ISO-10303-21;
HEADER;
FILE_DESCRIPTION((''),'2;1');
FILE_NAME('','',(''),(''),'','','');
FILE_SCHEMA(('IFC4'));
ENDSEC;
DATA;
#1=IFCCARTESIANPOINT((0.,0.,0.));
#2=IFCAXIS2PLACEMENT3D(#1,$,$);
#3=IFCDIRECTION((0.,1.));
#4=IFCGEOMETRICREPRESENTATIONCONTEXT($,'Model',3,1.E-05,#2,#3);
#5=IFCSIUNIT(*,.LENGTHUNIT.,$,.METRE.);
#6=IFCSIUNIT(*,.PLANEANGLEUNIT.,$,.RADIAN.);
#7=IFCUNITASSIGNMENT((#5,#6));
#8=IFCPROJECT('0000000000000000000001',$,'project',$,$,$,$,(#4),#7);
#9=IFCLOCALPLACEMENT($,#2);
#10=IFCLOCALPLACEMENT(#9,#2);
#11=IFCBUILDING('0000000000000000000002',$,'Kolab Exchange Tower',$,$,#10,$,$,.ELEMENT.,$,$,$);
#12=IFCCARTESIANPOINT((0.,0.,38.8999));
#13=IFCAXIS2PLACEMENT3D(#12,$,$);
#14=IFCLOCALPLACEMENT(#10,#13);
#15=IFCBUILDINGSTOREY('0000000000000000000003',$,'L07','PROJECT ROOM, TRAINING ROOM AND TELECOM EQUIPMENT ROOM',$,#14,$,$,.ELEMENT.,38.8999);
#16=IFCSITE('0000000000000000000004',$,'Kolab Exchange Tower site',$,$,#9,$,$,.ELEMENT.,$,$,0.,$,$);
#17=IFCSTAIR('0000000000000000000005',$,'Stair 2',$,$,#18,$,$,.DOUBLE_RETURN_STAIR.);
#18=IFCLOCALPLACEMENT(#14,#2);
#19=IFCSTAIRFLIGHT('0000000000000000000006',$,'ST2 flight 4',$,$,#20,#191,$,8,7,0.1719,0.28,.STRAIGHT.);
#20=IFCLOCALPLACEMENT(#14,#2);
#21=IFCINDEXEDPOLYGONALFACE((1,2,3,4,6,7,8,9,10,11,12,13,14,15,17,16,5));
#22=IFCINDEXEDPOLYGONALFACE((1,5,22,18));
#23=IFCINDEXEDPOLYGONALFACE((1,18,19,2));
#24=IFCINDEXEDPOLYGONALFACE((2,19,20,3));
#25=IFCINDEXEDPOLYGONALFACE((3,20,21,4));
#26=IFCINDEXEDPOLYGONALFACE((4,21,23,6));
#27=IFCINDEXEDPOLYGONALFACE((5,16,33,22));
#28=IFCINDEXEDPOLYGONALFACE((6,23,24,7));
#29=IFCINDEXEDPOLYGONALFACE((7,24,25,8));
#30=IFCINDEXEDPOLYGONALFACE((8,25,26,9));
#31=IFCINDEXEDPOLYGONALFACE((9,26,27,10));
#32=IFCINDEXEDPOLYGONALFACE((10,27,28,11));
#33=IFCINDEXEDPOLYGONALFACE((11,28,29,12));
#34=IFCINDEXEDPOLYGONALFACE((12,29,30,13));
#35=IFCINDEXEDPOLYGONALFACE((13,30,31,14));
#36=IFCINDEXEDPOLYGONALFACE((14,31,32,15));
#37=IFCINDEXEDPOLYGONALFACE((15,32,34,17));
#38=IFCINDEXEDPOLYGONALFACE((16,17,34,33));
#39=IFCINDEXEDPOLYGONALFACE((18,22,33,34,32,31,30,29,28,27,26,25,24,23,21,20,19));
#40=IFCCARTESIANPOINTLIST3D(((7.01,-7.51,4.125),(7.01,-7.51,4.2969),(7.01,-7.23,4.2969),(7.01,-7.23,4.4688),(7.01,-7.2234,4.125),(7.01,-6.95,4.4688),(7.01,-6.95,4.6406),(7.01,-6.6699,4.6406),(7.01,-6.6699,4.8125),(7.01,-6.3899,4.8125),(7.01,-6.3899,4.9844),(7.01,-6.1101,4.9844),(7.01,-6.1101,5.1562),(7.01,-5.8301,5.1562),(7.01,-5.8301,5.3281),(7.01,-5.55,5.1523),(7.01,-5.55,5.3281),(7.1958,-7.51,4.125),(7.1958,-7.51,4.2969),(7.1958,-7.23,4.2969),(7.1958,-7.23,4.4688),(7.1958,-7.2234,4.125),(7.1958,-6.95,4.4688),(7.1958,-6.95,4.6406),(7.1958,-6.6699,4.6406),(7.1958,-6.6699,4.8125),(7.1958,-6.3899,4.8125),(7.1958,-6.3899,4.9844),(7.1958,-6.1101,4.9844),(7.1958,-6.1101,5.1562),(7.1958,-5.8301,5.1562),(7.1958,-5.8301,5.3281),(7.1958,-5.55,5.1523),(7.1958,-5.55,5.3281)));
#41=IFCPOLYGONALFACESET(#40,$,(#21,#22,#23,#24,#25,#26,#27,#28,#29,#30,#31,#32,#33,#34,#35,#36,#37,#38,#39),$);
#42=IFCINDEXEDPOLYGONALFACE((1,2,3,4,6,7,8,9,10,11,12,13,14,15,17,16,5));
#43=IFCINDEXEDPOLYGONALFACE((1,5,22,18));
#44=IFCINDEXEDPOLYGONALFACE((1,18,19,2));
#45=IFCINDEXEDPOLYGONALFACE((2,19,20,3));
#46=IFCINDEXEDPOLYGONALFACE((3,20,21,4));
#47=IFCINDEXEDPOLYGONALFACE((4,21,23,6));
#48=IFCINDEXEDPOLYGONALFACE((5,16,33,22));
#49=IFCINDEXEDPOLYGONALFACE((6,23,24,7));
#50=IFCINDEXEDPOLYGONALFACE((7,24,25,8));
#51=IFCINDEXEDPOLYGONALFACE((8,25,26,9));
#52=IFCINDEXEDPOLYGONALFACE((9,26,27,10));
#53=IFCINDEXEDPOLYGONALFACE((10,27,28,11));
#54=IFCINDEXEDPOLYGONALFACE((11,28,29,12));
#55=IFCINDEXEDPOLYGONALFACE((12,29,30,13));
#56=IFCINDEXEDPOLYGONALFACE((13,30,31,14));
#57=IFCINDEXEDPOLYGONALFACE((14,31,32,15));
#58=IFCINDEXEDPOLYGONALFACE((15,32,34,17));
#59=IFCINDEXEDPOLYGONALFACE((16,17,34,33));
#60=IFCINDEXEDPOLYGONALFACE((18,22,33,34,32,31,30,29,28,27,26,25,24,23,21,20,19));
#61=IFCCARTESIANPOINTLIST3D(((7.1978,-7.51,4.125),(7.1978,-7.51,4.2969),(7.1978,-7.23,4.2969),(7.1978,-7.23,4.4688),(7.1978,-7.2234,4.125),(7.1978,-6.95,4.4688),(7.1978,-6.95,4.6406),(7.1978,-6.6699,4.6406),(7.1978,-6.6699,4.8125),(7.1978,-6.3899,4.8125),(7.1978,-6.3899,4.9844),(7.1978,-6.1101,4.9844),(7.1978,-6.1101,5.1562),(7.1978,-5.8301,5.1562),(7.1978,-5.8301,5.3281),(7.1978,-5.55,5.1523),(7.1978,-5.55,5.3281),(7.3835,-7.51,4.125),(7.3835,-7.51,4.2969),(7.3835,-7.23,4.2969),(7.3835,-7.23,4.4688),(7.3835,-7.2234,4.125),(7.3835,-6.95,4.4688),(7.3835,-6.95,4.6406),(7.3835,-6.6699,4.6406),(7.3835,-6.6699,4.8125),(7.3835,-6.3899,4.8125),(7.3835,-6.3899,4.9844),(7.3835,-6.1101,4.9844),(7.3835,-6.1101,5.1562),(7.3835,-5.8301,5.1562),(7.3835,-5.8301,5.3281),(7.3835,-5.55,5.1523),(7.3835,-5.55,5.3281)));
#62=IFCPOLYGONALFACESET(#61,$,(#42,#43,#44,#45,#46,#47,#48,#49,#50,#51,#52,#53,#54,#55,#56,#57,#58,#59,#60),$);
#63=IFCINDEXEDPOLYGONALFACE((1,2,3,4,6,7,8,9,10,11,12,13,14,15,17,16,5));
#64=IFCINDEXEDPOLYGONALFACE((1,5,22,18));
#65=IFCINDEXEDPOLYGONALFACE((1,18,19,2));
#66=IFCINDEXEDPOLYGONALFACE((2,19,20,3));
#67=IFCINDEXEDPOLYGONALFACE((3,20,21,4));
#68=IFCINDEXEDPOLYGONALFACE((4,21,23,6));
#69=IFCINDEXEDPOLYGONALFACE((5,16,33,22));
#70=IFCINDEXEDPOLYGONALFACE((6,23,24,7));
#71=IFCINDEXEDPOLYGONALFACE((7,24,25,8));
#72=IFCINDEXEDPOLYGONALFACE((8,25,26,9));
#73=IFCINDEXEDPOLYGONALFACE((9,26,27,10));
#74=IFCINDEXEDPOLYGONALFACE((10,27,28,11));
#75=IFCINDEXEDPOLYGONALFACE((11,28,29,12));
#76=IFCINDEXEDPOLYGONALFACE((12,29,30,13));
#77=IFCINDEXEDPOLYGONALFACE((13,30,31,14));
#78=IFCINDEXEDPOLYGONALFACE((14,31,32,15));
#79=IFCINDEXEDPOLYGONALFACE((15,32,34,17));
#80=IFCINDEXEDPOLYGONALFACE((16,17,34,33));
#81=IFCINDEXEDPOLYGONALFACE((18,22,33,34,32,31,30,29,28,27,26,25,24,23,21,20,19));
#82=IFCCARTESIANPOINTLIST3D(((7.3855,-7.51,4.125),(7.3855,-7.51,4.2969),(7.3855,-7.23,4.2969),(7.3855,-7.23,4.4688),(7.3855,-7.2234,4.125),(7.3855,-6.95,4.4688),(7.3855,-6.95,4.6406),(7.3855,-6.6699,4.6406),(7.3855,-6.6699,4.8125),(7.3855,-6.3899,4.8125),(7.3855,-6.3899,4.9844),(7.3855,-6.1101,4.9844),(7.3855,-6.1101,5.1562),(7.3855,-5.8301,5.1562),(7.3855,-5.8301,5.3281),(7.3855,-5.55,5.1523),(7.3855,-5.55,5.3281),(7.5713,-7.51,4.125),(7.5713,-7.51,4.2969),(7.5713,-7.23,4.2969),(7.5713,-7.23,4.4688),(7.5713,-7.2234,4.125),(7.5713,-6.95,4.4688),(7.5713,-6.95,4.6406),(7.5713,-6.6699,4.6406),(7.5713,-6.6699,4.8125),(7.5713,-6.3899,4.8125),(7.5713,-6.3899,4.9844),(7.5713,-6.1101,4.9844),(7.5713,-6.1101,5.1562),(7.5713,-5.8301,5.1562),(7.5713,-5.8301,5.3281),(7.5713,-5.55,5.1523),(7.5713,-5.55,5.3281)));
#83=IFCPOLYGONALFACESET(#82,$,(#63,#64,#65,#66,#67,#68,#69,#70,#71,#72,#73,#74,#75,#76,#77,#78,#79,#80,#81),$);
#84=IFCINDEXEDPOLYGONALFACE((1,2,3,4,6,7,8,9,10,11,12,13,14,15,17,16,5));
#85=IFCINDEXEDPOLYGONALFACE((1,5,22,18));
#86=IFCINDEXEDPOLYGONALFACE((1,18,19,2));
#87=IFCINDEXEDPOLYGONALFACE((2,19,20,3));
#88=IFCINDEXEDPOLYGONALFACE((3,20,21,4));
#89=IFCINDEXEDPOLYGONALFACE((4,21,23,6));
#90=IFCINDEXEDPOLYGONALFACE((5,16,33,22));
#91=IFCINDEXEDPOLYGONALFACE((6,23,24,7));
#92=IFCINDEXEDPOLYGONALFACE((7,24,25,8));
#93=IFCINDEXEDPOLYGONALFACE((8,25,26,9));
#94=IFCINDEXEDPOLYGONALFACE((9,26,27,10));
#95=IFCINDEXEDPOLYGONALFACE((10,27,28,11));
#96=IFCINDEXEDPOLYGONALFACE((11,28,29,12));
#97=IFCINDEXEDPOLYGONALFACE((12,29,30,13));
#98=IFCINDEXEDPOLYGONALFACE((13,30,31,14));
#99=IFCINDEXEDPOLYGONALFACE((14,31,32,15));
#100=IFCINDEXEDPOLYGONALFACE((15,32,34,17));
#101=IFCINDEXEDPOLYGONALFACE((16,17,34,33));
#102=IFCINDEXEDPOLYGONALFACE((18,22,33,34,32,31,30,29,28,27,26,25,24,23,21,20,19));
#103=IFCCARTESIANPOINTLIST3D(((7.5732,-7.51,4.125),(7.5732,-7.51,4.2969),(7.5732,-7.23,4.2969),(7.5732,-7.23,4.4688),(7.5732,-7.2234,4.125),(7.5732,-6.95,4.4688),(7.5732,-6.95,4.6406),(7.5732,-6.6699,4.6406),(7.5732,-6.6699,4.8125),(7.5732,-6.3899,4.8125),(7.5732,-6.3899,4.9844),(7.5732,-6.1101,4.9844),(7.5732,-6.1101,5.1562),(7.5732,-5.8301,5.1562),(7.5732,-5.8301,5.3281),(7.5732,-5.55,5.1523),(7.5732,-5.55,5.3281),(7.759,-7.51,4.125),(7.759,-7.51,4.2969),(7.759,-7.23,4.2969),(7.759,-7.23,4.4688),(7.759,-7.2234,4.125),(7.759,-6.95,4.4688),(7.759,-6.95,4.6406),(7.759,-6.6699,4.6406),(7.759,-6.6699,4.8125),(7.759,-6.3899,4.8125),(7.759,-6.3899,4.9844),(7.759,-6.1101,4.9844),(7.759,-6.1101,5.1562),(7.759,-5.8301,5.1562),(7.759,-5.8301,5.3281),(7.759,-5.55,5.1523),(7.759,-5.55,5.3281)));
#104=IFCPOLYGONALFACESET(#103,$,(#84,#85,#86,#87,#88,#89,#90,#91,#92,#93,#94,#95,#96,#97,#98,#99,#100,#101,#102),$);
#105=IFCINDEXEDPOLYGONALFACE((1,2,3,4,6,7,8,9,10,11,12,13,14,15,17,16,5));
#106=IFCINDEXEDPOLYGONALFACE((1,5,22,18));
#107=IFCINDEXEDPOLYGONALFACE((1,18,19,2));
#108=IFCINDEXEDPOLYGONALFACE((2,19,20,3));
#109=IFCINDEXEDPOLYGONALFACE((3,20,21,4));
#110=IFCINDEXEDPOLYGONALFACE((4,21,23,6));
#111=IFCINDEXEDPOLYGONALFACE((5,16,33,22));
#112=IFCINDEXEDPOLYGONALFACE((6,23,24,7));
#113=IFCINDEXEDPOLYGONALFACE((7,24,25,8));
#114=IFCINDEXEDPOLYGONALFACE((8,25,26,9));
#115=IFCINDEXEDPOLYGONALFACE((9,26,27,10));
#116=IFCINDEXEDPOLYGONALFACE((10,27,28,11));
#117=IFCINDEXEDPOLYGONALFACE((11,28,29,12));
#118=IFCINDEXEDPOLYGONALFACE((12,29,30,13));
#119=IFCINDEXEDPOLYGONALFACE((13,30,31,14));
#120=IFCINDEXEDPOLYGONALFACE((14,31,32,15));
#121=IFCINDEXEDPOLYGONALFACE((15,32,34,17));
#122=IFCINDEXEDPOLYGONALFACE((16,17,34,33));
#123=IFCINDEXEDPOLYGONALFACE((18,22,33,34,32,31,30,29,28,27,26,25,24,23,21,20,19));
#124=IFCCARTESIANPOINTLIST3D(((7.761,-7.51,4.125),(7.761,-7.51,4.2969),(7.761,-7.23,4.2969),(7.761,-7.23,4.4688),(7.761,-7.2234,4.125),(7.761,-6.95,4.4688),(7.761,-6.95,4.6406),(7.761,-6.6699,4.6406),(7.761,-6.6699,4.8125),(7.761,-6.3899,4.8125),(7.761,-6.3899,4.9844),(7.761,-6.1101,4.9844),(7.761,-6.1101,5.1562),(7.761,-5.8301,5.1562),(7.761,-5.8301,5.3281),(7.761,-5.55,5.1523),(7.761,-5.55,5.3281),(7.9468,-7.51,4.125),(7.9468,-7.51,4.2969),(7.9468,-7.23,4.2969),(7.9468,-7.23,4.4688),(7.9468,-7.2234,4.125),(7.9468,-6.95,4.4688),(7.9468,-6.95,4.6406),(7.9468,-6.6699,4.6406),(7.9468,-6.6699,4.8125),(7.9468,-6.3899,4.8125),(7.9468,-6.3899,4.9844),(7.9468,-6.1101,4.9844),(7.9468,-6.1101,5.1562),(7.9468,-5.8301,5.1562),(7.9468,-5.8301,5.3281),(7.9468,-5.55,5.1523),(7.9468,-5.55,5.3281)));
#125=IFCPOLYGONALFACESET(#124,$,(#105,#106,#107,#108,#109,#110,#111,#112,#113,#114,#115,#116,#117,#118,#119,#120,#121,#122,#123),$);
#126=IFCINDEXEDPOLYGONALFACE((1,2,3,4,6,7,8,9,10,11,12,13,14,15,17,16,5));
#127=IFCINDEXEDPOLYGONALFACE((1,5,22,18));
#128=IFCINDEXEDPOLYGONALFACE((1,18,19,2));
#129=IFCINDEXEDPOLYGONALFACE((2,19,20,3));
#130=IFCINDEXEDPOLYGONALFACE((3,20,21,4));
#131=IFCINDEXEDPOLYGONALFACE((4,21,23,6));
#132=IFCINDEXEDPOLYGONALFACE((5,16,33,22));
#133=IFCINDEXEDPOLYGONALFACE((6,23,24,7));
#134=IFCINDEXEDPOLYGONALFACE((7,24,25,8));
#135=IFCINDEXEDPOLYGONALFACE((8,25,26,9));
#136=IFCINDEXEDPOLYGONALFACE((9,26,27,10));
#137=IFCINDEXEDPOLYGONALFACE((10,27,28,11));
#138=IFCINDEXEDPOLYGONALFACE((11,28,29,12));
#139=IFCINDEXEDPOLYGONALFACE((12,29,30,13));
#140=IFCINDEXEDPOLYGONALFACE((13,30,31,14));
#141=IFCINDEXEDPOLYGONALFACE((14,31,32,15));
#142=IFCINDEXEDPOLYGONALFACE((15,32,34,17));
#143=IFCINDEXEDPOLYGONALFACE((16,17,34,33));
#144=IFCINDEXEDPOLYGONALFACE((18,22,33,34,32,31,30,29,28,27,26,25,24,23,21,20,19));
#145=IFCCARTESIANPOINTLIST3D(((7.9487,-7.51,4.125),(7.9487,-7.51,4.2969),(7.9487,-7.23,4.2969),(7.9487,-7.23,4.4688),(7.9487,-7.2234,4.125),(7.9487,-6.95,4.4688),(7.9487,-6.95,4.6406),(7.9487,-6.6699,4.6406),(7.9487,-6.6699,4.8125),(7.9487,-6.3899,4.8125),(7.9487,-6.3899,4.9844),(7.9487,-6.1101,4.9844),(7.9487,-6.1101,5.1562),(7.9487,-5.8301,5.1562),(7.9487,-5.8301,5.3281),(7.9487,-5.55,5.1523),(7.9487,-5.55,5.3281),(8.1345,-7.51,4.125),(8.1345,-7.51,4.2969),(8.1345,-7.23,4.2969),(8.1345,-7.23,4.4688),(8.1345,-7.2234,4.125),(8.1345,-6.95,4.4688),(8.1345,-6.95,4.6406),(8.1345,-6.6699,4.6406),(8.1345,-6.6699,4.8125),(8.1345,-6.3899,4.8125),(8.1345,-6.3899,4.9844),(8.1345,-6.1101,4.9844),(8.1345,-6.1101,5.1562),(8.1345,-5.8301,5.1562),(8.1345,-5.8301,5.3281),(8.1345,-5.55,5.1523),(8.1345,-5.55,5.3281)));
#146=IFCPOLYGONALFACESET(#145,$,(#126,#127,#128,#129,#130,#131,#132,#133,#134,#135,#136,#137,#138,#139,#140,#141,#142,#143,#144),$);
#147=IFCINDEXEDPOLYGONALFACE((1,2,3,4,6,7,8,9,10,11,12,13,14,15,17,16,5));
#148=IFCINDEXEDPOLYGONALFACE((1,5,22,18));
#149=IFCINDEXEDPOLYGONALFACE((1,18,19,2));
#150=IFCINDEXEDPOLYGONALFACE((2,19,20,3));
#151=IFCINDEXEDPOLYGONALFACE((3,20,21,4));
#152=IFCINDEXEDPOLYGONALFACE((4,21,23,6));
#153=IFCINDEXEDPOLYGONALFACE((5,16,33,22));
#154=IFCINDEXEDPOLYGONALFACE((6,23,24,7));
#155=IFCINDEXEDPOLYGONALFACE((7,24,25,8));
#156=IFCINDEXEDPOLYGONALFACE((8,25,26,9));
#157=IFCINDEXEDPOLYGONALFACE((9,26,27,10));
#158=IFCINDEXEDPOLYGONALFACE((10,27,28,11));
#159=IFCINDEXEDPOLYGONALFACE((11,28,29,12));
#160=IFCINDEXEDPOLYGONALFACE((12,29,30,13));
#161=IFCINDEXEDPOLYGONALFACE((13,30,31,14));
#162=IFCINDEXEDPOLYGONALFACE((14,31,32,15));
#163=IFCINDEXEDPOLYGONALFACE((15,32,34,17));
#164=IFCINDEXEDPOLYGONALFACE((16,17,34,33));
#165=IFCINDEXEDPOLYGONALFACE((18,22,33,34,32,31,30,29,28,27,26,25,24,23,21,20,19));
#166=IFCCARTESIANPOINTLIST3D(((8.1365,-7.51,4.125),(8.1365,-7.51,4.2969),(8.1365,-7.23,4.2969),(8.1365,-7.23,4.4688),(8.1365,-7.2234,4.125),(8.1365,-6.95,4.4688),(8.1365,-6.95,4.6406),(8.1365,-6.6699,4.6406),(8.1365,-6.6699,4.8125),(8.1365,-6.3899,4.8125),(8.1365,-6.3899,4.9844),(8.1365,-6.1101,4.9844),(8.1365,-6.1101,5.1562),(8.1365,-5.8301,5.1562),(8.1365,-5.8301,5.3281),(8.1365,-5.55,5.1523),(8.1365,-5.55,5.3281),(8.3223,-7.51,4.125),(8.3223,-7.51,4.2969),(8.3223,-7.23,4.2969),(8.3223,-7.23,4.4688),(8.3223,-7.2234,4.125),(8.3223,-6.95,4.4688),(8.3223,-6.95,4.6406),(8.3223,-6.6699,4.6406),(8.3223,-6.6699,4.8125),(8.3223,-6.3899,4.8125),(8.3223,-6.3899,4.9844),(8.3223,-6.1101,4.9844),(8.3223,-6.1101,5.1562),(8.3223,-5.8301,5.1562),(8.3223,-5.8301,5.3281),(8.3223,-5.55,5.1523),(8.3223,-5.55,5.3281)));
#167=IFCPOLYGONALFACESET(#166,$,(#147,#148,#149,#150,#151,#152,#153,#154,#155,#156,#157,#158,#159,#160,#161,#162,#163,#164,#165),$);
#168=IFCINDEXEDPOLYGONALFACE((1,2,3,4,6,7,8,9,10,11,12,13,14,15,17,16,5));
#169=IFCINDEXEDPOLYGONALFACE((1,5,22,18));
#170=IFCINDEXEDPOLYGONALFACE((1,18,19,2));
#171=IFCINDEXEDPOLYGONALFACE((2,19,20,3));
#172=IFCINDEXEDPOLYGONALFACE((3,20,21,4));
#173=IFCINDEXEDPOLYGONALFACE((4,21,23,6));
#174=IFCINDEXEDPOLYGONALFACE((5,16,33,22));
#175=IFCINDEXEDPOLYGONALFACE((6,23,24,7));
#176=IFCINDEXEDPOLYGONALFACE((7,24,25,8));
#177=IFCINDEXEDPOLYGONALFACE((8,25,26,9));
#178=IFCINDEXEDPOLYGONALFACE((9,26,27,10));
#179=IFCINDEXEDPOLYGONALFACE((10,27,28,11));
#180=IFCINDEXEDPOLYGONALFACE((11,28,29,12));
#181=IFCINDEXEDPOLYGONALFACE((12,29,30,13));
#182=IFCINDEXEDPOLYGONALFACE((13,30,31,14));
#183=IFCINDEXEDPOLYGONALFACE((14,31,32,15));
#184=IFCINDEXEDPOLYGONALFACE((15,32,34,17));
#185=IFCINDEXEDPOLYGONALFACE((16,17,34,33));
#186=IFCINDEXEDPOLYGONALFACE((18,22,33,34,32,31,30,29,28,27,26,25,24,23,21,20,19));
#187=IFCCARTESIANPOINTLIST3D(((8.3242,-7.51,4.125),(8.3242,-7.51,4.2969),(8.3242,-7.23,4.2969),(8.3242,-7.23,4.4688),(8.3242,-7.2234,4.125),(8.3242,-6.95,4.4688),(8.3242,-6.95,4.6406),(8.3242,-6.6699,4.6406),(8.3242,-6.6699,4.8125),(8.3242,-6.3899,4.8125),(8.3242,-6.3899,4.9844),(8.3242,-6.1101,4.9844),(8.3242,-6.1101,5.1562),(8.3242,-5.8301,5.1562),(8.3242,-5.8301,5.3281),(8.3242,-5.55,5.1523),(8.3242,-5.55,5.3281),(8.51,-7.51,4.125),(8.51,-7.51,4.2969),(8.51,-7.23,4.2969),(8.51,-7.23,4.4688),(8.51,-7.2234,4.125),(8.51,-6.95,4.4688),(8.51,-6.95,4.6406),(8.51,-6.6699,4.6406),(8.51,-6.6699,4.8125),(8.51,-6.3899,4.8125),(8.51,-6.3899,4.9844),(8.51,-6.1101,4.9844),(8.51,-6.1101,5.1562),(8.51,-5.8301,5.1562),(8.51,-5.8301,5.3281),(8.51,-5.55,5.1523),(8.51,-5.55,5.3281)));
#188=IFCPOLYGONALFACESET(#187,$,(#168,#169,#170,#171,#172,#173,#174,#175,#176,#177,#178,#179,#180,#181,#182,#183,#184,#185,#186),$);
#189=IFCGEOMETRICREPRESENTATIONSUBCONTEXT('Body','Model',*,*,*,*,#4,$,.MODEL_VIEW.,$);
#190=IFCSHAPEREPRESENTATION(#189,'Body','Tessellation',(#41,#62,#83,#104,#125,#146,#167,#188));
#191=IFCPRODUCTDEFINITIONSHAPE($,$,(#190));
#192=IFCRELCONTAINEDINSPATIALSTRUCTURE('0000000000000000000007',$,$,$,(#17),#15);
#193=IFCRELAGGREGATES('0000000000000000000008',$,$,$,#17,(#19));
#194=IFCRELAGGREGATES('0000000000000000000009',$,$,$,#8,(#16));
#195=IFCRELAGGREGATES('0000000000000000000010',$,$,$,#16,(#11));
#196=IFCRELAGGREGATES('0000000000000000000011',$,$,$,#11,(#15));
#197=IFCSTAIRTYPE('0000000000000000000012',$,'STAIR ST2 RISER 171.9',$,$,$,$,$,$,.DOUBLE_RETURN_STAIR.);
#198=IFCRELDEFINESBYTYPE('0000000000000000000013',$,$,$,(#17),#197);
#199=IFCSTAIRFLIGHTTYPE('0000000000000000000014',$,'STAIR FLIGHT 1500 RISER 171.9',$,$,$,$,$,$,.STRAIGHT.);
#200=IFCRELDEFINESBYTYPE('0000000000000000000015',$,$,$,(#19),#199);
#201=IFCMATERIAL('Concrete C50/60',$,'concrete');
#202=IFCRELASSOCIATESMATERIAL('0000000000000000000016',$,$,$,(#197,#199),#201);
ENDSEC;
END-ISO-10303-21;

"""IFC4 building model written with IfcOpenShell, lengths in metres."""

from ifc_helpers import new_model, si_unit, direction, frame, origin, place, context, subcontext, project, spatial, polyline, outline, extrude, material, type_object, element, aggregate, save


model = new_model("IFC4")

# Units and contexts
model_context = context("Model", 3, precision=1e-05, world=origin(), true_north=direction((0.0, 1.0)))
body_context = subcontext(model_context, "Body", "Model", "MODEL_VIEW")
ifc_project = project(units=[si_unit("LENGTHUNIT", "METRE"), si_unit("PLANEANGLEUNIT", "RADIAN")], contexts=[model_context])

# Site, building, storey
site_placement = place(None, origin())
site = spatial("IfcSite", under=ifc_project, at=site_placement, Name="Kolab Exchange Tower site", CompositionType="ELEMENT", RefElevation=0.0)
building_placement = place(site_placement, origin())
building = spatial("IfcBuilding", under=site, at=building_placement, Name="Kolab Exchange Tower", CompositionType="ELEMENT")
storey_placement = place(building_placement, frame((0.0, 0.0, 38.8999)))
storey = spatial("IfcBuildingStorey", under=building, at=storey_placement, Name="L07", Description="PROJECT ROOM, TRAINING ROOM AND TELECOM EQUIPMENT ROOM", CompositionType="ELEMENT", Elevation=38.8999)

# Shared definitions
ifc_material_1 = material(Name="Concrete C50/60", Category="concrete")

# Stair, stair flight
stair_type = type_object("IfcStairType", Name="STAIR ST2 RISER 171.9", PredefinedType="DOUBLE_RETURN_STAIR", material=ifc_material_1)
stair_placement = place(storey_placement, origin())
stair = element("IfcStair", 1, at=stair_placement, inside=storey, type_object=stair_type, Name="Stair 2", PredefinedType="DOUBLE_RETURN_STAIR")
stair_flight_type = type_object("IfcStairFlightType", Name="STAIR FLIGHT 1500 RISER 171.9", PredefinedType="STRAIGHT", material=ifc_material_1)
stair_flight_1_placement = place(storey_placement, frame((7.76, -7.51, 4.125), z_axis=(0.0, 0.0, 1.0), x_axis=(0.0, 1.0, 0.0)))
stair_flight_1 = element("IfcStairFlight", 2, at=stair_flight_1_placement, type_object=stair_flight_type, Name="ST2 flight 4", NumberOfRisers=8, NumberOfTreads=7, PredefinedType="STRAIGHT", RiserHeight=0.1719, TreadLength=0.28, context=body_context, shape_type="SweptSolid", body=[
    extrude(outline(polyline([(0.0, 0.0), (0.0, 0.1719), (0.28, 0.1719), (0.28, 0.3438), (0.5601, 0.3438), (0.5601, 0.5156), (0.8401, 0.5156), (0.8401, 0.6875), (1.1201, 0.6875), (1.1201, 0.8594), (1.3999, 0.8594), (1.3999, 1.0312), (1.6799, 1.0312), (1.6799, 1.2031), (1.96, 1.2031), (1.96, 1.375), (1.96, 1.0273), (0.2866, 0.0), (0.0, 0.0)])), frame((0.0, 0.75, 0.0), z_axis=(0.0, -1.0, 0.0), x_axis=(1.0, 0.0, 0.0)), (0.0, 0.0, 1.0), 0.1858),
    extrude(outline(polyline([(0.0, 0.0), (0.0, 0.1719), (0.28, 0.1719), (0.28, 0.3438), (0.5601, 0.3438), (0.5601, 0.5156), (0.8401, 0.5156), (0.8401, 0.6875), (1.1201, 0.6875), (1.1201, 0.8594), (1.3999, 0.8594), (1.3999, 1.0312), (1.6799, 1.0312), (1.6799, 1.2031), (1.96, 1.2031), (1.96, 1.375), (1.96, 1.0273), (0.2866, 0.0), (0.0, 0.0)])), frame((0.0, 0.5623, 0.0), z_axis=(0.0, -1.0, 0.0), x_axis=(1.0, 0.0, 0.0)), (0.0, 0.0, 1.0), 0.1858),
    extrude(outline(polyline([(0.0, 0.0), (0.0, 0.1719), (0.28, 0.1719), (0.28, 0.3438), (0.5601, 0.3438), (0.5601, 0.5156), (0.8401, 0.5156), (0.8401, 0.6875), (1.1201, 0.6875), (1.1201, 0.8594), (1.3999, 0.8594), (1.3999, 1.0312), (1.6799, 1.0312), (1.6799, 1.2031), (1.96, 1.2031), (1.96, 1.375), (1.96, 1.0273), (0.2866, 0.0), (0.0, 0.0)])), frame((0.0, 0.3745, 0.0), z_axis=(0.0, -1.0, 0.0), x_axis=(1.0, 0.0, 0.0)), (0.0, 0.0, 1.0), 0.1858),
    extrude(outline(polyline([(0.0, 0.0), (0.0, 0.1719), (0.28, 0.1719), (0.28, 0.3438), (0.5601, 0.3438), (0.5601, 0.5156), (0.8401, 0.5156), (0.8401, 0.6875), (1.1201, 0.6875), (1.1201, 0.8594), (1.3999, 0.8594), (1.3999, 1.0312), (1.6799, 1.0312), (1.6799, 1.2031), (1.96, 1.2031), (1.96, 1.375), (1.96, 1.0273), (0.2866, 0.0), (0.0, 0.0)])), frame((0.0, 0.1868, 0.0), z_axis=(0.0, -1.0, 0.0), x_axis=(1.0, 0.0, 0.0)), (0.0, 0.0, 1.0), 0.1858),
    extrude(outline(polyline([(0.0, 0.0), (0.0, 0.1719), (0.28, 0.1719), (0.28, 0.3438), (0.5601, 0.3438), (0.5601, 0.5156), (0.8401, 0.5156), (0.8401, 0.6875), (1.1201, 0.6875), (1.1201, 0.8594), (1.3999, 0.8594), (1.3999, 1.0312), (1.6799, 1.0312), (1.6799, 1.2031), (1.96, 1.2031), (1.96, 1.375), (1.96, 1.0273), (0.2866, 0.0), (0.0, 0.0)])), frame((0.0, -0.001, 0.0), z_axis=(0.0, -1.0, 0.0), x_axis=(1.0, 0.0, 0.0)), (0.0, 0.0, 1.0), 0.1858),
    extrude(outline(polyline([(0.0, 0.0), (0.0, 0.1719), (0.28, 0.1719), (0.28, 0.3438), (0.5601, 0.3438), (0.5601, 0.5156), (0.8401, 0.5156), (0.8401, 0.6875), (1.1201, 0.6875), (1.1201, 0.8594), (1.3999, 0.8594), (1.3999, 1.0312), (1.6799, 1.0312), (1.6799, 1.2031), (1.96, 1.2031), (1.96, 1.375), (1.96, 1.0273), (0.2866, 0.0), (0.0, 0.0)])), frame((0.0, -0.1887, 0.0), z_axis=(0.0, -1.0, 0.0), x_axis=(1.0, 0.0, 0.0)), (0.0, 0.0, 1.0), 0.1858),
    extrude(outline(polyline([(0.0, 0.0), (0.0, 0.1719), (0.28, 0.1719), (0.28, 0.3438), (0.5601, 0.3438), (0.5601, 0.5156), (0.8401, 0.5156), (0.8401, 0.6875), (1.1201, 0.6875), (1.1201, 0.8594), (1.3999, 0.8594), (1.3999, 1.0312), (1.6799, 1.0312), (1.6799, 1.2031), (1.96, 1.2031), (1.96, 1.375), (1.96, 1.0273), (0.2866, 0.0), (0.0, 0.0)])), frame((0.0, -0.3765, 0.0), z_axis=(0.0, -1.0, 0.0), x_axis=(1.0, 0.0, 0.0)), (0.0, 0.0, 1.0), 0.1858),
    extrude(outline(polyline([(0.0, 0.0), (0.0, 0.1719), (0.28, 0.1719), (0.28, 0.3438), (0.5601, 0.3438), (0.5601, 0.5156), (0.8401, 0.5156), (0.8401, 0.6875), (1.1201, 0.6875), (1.1201, 0.8594), (1.3999, 0.8594), (1.3999, 1.0312), (1.6799, 1.0312), (1.6799, 1.2031), (1.96, 1.2031), (1.96, 1.375), (1.96, 1.0273), (0.2866, 0.0), (0.0, 0.0)])), frame((0.0, -0.5642, 0.0), z_axis=(0.0, -1.0, 0.0), x_axis=(1.0, 0.0, 0.0)), (0.0, 0.0, 1.0), 0.1858),
])
aggregate(stair, [stair_flight_1])

save(model, "model.ifc")
